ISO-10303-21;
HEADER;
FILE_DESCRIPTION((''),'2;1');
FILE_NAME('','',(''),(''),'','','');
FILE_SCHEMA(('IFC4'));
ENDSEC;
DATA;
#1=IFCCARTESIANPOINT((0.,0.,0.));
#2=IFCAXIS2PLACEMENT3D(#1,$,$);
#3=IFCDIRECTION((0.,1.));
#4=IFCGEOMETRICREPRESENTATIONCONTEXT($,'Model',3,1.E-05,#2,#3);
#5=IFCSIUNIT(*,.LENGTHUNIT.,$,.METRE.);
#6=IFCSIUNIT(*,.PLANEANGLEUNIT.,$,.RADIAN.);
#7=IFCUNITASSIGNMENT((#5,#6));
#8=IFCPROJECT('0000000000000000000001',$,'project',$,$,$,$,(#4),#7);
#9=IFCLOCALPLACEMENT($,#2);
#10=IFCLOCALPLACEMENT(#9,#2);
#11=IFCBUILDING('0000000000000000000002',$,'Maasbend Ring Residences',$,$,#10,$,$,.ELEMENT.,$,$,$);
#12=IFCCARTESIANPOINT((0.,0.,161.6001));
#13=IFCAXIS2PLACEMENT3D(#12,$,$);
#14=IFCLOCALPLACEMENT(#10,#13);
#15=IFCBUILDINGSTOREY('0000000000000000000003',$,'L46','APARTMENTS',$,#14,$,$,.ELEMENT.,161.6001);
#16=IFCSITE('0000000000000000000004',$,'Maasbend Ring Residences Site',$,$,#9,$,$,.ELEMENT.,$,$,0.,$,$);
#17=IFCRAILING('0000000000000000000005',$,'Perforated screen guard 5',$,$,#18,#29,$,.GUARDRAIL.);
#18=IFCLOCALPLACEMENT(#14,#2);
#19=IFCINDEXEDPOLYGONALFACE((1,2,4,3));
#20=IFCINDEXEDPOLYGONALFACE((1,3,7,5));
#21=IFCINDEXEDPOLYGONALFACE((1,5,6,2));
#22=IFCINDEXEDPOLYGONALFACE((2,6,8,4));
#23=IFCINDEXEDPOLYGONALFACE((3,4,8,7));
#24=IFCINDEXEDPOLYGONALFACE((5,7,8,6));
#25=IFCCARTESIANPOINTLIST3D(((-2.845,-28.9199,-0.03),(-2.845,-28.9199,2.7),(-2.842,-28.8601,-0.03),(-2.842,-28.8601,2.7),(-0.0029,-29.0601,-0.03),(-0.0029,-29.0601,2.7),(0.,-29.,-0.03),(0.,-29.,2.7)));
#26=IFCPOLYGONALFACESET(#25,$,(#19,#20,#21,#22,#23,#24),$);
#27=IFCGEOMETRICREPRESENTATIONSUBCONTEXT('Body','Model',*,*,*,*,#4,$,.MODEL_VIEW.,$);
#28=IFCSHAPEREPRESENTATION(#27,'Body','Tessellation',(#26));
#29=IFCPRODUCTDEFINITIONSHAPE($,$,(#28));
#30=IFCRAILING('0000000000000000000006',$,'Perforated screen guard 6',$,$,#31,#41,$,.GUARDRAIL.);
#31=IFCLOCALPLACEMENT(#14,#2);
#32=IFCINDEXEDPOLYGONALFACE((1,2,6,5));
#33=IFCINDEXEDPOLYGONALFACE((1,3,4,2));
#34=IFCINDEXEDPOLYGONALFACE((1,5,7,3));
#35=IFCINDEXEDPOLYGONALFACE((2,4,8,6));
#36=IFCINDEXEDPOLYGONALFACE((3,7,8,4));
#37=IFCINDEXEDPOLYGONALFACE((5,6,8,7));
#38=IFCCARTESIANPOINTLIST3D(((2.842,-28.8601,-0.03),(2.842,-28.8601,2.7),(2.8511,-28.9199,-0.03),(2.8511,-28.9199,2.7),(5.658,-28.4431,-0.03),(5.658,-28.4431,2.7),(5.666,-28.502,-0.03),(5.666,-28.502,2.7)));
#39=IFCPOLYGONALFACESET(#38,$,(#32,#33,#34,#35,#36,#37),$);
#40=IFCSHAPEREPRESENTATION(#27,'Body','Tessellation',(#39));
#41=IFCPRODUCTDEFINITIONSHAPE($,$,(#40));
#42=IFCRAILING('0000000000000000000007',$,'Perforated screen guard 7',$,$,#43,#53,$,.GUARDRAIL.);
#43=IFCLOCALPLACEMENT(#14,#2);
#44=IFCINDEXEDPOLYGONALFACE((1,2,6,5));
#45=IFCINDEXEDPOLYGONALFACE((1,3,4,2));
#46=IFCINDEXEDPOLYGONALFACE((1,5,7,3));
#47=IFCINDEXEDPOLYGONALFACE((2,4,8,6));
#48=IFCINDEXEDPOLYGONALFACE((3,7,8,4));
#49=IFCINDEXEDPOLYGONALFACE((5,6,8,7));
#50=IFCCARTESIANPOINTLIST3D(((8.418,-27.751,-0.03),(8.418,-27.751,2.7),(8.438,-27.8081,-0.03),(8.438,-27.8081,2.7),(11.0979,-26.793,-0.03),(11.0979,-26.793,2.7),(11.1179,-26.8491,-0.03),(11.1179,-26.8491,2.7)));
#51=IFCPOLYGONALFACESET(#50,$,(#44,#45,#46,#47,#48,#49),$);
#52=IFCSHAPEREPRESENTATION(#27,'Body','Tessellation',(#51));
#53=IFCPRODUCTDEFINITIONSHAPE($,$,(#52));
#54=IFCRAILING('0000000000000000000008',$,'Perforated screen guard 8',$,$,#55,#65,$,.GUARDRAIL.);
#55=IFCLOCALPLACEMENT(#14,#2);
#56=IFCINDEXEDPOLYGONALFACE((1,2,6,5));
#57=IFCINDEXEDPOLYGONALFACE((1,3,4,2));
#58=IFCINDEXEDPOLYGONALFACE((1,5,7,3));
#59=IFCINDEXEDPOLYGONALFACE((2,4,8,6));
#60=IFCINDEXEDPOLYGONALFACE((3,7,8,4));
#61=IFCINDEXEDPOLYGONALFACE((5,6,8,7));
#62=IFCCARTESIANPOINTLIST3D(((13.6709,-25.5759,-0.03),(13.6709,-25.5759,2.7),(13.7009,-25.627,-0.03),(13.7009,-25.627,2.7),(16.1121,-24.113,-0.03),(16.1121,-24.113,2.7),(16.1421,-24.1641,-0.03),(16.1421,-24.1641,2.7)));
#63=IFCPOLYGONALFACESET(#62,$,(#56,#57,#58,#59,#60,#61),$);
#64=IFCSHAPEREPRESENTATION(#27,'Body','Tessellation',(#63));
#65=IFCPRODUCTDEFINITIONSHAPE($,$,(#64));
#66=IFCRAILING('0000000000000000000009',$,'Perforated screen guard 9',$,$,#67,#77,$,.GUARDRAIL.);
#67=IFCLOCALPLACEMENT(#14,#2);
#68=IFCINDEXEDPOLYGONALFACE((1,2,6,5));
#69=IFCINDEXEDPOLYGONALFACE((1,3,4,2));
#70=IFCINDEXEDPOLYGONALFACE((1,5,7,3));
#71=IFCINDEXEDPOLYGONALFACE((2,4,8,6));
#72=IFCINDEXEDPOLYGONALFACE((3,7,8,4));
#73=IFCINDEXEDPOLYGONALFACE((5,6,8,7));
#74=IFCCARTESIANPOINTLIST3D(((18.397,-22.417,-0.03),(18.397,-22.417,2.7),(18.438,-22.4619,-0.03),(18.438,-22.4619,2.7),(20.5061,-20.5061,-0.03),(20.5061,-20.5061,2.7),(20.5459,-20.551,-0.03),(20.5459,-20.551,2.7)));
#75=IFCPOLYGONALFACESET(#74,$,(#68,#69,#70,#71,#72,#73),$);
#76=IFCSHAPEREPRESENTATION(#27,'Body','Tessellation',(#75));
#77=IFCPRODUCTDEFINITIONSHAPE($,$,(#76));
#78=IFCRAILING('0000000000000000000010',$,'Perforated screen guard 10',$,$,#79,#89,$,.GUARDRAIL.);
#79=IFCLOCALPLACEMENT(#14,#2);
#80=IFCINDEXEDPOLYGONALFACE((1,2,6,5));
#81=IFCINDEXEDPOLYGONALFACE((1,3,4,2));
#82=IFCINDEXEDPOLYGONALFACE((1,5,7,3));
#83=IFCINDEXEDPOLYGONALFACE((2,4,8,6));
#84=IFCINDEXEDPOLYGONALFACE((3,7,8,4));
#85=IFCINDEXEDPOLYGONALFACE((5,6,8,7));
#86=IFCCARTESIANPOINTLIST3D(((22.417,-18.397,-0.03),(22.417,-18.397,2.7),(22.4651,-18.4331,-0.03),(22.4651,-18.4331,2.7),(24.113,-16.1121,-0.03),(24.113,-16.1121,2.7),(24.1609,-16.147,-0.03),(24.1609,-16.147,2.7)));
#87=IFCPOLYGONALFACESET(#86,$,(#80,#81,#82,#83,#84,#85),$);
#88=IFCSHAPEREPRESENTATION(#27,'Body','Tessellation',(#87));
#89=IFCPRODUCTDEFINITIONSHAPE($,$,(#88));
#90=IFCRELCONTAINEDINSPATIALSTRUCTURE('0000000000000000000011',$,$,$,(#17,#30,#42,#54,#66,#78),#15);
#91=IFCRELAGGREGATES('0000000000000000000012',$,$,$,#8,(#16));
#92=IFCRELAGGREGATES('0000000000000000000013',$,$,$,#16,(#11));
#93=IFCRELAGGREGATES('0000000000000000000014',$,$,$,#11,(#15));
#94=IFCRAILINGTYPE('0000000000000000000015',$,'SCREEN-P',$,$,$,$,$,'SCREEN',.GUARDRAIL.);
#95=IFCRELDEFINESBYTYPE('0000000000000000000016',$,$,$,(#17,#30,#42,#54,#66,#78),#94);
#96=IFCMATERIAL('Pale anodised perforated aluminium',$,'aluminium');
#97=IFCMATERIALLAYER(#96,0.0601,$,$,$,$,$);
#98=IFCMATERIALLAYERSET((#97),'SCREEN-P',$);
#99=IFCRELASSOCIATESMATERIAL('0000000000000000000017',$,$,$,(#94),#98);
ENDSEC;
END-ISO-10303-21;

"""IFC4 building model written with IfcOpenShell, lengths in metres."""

from ifc_helpers import new_model, si_unit, direction, frame, origin, place, context, subcontext, project, spatial, polyline, outline, extrude, material, layer, layer_set, type_object, element, save


model = new_model("IFC4")

# Units and contexts
model_context = context("Model", 3, precision=1e-05, world=origin(), true_north=direction((0.0, 1.0)))
body_context = subcontext(model_context, "Body", "Model", "MODEL_VIEW")
ifc_project = project(units=[si_unit("LENGTHUNIT", "METRE"), si_unit("PLANEANGLEUNIT", "RADIAN")], contexts=[model_context])

# Site, building, storey
site_placement = place(None, origin())
site = spatial("IfcSite", under=ifc_project, at=site_placement, Name="Maasbend Ring Residences Site", CompositionType="ELEMENT", RefElevation=0.0)
building_placement = place(site_placement, origin())
building = spatial("IfcBuilding", under=site, at=building_placement, Name="Maasbend Ring Residences", CompositionType="ELEMENT")
storey_placement = place(building_placement, frame((0.0, 0.0, 161.6001)))
storey = spatial("IfcBuildingStorey", under=building, at=storey_placement, Name="L46", Description="APARTMENTS", CompositionType="ELEMENT", Elevation=161.6001)

# Railings
ifc_material_1 = material(Name="Pale anodised perforated aluminium", Category="aluminium")
ifc_layer_1 = layer(ifc_material_1, 0.0601)
ifc_layer_set_1 = layer_set([ifc_layer_1], Name="SCREEN-P")
railing_type = type_object("IfcRailingType", Name="SCREEN-P", ElementType="SCREEN", PredefinedType="GUARDRAIL", material=ifc_layer_set_1)
railing_1_placement = place(storey_placement, frame((0.0, 0.0, -0.03)))
element("IfcRailing", 1, at=railing_1_placement, inside=storey, type_object=railing_type, Name="Perforated screen guard 5", PredefinedType="GUARDRAIL", context=body_context, shape_type="SweptSolid", body=[
    extrude(outline(polyline([(-2.842, -28.8601), (0.0, -29.0), (-0.0029, -29.0601), (-2.845, -28.9199), (-2.842, -28.8601)])), origin(), (0.0, 0.0, 1.0), 2.73),
])
railing_2_placement = place(storey_placement, frame((0.0, 0.0, -0.03)))
element("IfcRailing", 2, at=railing_2_placement, inside=storey, type_object=railing_type, Name="Perforated screen guard 6", PredefinedType="GUARDRAIL", context=body_context, shape_type="SweptSolid", body=[
    extrude(outline(polyline([(2.842, -28.8601), (5.658, -28.4431), (5.666, -28.502), (2.8511, -28.9199), (2.842, -28.8601)])), origin(), (0.0, 0.0, 1.0), 2.73),
])
railing_3_placement = place(storey_placement, frame((0.0, 0.0, -0.03)))
element("IfcRailing", 3, at=railing_3_placement, inside=storey, type_object=railing_type, Name="Perforated screen guard 7", PredefinedType="GUARDRAIL", context=body_context, shape_type="SweptSolid", body=[
    extrude(outline(polyline([(8.418, -27.751), (11.0979, -26.793), (11.1179, -26.8491), (8.438, -27.8081), (8.418, -27.751)])), origin(), (0.0, 0.0, 1.0), 2.73),
])
railing_4_placement = place(storey_placement, frame((0.0, 0.0, -0.03)))
element("IfcRailing", 4, at=railing_4_placement, inside=storey, type_object=railing_type, Name="Perforated screen guard 8", PredefinedType="GUARDRAIL", context=body_context, shape_type="SweptSolid", body=[
    extrude(outline(polyline([(13.6709, -25.5759), (16.1121, -24.113), (16.1421, -24.1641), (13.7009, -25.627), (13.6709, -25.5759)])), origin(), (0.0, 0.0, 1.0), 2.73),
])
railing_5_placement = place(storey_placement, frame((0.0, 0.0, -0.03)))
element("IfcRailing", 5, at=railing_5_placement, inside=storey, type_object=railing_type, Name="Perforated screen guard 9", PredefinedType="GUARDRAIL", context=body_context, shape_type="SweptSolid", body=[
    extrude(outline(polyline([(18.397, -22.417), (20.5061, -20.5061), (20.5459, -20.551), (18.438, -22.4619), (18.397, -22.417)])), origin(), (0.0, 0.0, 1.0), 2.73),
])
railing_6_placement = place(storey_placement, frame((0.0, 0.0, -0.03)))
element("IfcRailing", 6, at=railing_6_placement, inside=storey, type_object=railing_type, Name="Perforated screen guard 10", PredefinedType="GUARDRAIL", context=body_context, shape_type="SweptSolid", body=[
    extrude(outline(polyline([(22.417, -18.397), (24.113, -16.1121), (24.1609, -16.147), (22.4651, -18.4331), (22.417, -18.397)])), origin(), (0.0, 0.0, 1.0), 2.73),
])

save(model, "model.ifc")
